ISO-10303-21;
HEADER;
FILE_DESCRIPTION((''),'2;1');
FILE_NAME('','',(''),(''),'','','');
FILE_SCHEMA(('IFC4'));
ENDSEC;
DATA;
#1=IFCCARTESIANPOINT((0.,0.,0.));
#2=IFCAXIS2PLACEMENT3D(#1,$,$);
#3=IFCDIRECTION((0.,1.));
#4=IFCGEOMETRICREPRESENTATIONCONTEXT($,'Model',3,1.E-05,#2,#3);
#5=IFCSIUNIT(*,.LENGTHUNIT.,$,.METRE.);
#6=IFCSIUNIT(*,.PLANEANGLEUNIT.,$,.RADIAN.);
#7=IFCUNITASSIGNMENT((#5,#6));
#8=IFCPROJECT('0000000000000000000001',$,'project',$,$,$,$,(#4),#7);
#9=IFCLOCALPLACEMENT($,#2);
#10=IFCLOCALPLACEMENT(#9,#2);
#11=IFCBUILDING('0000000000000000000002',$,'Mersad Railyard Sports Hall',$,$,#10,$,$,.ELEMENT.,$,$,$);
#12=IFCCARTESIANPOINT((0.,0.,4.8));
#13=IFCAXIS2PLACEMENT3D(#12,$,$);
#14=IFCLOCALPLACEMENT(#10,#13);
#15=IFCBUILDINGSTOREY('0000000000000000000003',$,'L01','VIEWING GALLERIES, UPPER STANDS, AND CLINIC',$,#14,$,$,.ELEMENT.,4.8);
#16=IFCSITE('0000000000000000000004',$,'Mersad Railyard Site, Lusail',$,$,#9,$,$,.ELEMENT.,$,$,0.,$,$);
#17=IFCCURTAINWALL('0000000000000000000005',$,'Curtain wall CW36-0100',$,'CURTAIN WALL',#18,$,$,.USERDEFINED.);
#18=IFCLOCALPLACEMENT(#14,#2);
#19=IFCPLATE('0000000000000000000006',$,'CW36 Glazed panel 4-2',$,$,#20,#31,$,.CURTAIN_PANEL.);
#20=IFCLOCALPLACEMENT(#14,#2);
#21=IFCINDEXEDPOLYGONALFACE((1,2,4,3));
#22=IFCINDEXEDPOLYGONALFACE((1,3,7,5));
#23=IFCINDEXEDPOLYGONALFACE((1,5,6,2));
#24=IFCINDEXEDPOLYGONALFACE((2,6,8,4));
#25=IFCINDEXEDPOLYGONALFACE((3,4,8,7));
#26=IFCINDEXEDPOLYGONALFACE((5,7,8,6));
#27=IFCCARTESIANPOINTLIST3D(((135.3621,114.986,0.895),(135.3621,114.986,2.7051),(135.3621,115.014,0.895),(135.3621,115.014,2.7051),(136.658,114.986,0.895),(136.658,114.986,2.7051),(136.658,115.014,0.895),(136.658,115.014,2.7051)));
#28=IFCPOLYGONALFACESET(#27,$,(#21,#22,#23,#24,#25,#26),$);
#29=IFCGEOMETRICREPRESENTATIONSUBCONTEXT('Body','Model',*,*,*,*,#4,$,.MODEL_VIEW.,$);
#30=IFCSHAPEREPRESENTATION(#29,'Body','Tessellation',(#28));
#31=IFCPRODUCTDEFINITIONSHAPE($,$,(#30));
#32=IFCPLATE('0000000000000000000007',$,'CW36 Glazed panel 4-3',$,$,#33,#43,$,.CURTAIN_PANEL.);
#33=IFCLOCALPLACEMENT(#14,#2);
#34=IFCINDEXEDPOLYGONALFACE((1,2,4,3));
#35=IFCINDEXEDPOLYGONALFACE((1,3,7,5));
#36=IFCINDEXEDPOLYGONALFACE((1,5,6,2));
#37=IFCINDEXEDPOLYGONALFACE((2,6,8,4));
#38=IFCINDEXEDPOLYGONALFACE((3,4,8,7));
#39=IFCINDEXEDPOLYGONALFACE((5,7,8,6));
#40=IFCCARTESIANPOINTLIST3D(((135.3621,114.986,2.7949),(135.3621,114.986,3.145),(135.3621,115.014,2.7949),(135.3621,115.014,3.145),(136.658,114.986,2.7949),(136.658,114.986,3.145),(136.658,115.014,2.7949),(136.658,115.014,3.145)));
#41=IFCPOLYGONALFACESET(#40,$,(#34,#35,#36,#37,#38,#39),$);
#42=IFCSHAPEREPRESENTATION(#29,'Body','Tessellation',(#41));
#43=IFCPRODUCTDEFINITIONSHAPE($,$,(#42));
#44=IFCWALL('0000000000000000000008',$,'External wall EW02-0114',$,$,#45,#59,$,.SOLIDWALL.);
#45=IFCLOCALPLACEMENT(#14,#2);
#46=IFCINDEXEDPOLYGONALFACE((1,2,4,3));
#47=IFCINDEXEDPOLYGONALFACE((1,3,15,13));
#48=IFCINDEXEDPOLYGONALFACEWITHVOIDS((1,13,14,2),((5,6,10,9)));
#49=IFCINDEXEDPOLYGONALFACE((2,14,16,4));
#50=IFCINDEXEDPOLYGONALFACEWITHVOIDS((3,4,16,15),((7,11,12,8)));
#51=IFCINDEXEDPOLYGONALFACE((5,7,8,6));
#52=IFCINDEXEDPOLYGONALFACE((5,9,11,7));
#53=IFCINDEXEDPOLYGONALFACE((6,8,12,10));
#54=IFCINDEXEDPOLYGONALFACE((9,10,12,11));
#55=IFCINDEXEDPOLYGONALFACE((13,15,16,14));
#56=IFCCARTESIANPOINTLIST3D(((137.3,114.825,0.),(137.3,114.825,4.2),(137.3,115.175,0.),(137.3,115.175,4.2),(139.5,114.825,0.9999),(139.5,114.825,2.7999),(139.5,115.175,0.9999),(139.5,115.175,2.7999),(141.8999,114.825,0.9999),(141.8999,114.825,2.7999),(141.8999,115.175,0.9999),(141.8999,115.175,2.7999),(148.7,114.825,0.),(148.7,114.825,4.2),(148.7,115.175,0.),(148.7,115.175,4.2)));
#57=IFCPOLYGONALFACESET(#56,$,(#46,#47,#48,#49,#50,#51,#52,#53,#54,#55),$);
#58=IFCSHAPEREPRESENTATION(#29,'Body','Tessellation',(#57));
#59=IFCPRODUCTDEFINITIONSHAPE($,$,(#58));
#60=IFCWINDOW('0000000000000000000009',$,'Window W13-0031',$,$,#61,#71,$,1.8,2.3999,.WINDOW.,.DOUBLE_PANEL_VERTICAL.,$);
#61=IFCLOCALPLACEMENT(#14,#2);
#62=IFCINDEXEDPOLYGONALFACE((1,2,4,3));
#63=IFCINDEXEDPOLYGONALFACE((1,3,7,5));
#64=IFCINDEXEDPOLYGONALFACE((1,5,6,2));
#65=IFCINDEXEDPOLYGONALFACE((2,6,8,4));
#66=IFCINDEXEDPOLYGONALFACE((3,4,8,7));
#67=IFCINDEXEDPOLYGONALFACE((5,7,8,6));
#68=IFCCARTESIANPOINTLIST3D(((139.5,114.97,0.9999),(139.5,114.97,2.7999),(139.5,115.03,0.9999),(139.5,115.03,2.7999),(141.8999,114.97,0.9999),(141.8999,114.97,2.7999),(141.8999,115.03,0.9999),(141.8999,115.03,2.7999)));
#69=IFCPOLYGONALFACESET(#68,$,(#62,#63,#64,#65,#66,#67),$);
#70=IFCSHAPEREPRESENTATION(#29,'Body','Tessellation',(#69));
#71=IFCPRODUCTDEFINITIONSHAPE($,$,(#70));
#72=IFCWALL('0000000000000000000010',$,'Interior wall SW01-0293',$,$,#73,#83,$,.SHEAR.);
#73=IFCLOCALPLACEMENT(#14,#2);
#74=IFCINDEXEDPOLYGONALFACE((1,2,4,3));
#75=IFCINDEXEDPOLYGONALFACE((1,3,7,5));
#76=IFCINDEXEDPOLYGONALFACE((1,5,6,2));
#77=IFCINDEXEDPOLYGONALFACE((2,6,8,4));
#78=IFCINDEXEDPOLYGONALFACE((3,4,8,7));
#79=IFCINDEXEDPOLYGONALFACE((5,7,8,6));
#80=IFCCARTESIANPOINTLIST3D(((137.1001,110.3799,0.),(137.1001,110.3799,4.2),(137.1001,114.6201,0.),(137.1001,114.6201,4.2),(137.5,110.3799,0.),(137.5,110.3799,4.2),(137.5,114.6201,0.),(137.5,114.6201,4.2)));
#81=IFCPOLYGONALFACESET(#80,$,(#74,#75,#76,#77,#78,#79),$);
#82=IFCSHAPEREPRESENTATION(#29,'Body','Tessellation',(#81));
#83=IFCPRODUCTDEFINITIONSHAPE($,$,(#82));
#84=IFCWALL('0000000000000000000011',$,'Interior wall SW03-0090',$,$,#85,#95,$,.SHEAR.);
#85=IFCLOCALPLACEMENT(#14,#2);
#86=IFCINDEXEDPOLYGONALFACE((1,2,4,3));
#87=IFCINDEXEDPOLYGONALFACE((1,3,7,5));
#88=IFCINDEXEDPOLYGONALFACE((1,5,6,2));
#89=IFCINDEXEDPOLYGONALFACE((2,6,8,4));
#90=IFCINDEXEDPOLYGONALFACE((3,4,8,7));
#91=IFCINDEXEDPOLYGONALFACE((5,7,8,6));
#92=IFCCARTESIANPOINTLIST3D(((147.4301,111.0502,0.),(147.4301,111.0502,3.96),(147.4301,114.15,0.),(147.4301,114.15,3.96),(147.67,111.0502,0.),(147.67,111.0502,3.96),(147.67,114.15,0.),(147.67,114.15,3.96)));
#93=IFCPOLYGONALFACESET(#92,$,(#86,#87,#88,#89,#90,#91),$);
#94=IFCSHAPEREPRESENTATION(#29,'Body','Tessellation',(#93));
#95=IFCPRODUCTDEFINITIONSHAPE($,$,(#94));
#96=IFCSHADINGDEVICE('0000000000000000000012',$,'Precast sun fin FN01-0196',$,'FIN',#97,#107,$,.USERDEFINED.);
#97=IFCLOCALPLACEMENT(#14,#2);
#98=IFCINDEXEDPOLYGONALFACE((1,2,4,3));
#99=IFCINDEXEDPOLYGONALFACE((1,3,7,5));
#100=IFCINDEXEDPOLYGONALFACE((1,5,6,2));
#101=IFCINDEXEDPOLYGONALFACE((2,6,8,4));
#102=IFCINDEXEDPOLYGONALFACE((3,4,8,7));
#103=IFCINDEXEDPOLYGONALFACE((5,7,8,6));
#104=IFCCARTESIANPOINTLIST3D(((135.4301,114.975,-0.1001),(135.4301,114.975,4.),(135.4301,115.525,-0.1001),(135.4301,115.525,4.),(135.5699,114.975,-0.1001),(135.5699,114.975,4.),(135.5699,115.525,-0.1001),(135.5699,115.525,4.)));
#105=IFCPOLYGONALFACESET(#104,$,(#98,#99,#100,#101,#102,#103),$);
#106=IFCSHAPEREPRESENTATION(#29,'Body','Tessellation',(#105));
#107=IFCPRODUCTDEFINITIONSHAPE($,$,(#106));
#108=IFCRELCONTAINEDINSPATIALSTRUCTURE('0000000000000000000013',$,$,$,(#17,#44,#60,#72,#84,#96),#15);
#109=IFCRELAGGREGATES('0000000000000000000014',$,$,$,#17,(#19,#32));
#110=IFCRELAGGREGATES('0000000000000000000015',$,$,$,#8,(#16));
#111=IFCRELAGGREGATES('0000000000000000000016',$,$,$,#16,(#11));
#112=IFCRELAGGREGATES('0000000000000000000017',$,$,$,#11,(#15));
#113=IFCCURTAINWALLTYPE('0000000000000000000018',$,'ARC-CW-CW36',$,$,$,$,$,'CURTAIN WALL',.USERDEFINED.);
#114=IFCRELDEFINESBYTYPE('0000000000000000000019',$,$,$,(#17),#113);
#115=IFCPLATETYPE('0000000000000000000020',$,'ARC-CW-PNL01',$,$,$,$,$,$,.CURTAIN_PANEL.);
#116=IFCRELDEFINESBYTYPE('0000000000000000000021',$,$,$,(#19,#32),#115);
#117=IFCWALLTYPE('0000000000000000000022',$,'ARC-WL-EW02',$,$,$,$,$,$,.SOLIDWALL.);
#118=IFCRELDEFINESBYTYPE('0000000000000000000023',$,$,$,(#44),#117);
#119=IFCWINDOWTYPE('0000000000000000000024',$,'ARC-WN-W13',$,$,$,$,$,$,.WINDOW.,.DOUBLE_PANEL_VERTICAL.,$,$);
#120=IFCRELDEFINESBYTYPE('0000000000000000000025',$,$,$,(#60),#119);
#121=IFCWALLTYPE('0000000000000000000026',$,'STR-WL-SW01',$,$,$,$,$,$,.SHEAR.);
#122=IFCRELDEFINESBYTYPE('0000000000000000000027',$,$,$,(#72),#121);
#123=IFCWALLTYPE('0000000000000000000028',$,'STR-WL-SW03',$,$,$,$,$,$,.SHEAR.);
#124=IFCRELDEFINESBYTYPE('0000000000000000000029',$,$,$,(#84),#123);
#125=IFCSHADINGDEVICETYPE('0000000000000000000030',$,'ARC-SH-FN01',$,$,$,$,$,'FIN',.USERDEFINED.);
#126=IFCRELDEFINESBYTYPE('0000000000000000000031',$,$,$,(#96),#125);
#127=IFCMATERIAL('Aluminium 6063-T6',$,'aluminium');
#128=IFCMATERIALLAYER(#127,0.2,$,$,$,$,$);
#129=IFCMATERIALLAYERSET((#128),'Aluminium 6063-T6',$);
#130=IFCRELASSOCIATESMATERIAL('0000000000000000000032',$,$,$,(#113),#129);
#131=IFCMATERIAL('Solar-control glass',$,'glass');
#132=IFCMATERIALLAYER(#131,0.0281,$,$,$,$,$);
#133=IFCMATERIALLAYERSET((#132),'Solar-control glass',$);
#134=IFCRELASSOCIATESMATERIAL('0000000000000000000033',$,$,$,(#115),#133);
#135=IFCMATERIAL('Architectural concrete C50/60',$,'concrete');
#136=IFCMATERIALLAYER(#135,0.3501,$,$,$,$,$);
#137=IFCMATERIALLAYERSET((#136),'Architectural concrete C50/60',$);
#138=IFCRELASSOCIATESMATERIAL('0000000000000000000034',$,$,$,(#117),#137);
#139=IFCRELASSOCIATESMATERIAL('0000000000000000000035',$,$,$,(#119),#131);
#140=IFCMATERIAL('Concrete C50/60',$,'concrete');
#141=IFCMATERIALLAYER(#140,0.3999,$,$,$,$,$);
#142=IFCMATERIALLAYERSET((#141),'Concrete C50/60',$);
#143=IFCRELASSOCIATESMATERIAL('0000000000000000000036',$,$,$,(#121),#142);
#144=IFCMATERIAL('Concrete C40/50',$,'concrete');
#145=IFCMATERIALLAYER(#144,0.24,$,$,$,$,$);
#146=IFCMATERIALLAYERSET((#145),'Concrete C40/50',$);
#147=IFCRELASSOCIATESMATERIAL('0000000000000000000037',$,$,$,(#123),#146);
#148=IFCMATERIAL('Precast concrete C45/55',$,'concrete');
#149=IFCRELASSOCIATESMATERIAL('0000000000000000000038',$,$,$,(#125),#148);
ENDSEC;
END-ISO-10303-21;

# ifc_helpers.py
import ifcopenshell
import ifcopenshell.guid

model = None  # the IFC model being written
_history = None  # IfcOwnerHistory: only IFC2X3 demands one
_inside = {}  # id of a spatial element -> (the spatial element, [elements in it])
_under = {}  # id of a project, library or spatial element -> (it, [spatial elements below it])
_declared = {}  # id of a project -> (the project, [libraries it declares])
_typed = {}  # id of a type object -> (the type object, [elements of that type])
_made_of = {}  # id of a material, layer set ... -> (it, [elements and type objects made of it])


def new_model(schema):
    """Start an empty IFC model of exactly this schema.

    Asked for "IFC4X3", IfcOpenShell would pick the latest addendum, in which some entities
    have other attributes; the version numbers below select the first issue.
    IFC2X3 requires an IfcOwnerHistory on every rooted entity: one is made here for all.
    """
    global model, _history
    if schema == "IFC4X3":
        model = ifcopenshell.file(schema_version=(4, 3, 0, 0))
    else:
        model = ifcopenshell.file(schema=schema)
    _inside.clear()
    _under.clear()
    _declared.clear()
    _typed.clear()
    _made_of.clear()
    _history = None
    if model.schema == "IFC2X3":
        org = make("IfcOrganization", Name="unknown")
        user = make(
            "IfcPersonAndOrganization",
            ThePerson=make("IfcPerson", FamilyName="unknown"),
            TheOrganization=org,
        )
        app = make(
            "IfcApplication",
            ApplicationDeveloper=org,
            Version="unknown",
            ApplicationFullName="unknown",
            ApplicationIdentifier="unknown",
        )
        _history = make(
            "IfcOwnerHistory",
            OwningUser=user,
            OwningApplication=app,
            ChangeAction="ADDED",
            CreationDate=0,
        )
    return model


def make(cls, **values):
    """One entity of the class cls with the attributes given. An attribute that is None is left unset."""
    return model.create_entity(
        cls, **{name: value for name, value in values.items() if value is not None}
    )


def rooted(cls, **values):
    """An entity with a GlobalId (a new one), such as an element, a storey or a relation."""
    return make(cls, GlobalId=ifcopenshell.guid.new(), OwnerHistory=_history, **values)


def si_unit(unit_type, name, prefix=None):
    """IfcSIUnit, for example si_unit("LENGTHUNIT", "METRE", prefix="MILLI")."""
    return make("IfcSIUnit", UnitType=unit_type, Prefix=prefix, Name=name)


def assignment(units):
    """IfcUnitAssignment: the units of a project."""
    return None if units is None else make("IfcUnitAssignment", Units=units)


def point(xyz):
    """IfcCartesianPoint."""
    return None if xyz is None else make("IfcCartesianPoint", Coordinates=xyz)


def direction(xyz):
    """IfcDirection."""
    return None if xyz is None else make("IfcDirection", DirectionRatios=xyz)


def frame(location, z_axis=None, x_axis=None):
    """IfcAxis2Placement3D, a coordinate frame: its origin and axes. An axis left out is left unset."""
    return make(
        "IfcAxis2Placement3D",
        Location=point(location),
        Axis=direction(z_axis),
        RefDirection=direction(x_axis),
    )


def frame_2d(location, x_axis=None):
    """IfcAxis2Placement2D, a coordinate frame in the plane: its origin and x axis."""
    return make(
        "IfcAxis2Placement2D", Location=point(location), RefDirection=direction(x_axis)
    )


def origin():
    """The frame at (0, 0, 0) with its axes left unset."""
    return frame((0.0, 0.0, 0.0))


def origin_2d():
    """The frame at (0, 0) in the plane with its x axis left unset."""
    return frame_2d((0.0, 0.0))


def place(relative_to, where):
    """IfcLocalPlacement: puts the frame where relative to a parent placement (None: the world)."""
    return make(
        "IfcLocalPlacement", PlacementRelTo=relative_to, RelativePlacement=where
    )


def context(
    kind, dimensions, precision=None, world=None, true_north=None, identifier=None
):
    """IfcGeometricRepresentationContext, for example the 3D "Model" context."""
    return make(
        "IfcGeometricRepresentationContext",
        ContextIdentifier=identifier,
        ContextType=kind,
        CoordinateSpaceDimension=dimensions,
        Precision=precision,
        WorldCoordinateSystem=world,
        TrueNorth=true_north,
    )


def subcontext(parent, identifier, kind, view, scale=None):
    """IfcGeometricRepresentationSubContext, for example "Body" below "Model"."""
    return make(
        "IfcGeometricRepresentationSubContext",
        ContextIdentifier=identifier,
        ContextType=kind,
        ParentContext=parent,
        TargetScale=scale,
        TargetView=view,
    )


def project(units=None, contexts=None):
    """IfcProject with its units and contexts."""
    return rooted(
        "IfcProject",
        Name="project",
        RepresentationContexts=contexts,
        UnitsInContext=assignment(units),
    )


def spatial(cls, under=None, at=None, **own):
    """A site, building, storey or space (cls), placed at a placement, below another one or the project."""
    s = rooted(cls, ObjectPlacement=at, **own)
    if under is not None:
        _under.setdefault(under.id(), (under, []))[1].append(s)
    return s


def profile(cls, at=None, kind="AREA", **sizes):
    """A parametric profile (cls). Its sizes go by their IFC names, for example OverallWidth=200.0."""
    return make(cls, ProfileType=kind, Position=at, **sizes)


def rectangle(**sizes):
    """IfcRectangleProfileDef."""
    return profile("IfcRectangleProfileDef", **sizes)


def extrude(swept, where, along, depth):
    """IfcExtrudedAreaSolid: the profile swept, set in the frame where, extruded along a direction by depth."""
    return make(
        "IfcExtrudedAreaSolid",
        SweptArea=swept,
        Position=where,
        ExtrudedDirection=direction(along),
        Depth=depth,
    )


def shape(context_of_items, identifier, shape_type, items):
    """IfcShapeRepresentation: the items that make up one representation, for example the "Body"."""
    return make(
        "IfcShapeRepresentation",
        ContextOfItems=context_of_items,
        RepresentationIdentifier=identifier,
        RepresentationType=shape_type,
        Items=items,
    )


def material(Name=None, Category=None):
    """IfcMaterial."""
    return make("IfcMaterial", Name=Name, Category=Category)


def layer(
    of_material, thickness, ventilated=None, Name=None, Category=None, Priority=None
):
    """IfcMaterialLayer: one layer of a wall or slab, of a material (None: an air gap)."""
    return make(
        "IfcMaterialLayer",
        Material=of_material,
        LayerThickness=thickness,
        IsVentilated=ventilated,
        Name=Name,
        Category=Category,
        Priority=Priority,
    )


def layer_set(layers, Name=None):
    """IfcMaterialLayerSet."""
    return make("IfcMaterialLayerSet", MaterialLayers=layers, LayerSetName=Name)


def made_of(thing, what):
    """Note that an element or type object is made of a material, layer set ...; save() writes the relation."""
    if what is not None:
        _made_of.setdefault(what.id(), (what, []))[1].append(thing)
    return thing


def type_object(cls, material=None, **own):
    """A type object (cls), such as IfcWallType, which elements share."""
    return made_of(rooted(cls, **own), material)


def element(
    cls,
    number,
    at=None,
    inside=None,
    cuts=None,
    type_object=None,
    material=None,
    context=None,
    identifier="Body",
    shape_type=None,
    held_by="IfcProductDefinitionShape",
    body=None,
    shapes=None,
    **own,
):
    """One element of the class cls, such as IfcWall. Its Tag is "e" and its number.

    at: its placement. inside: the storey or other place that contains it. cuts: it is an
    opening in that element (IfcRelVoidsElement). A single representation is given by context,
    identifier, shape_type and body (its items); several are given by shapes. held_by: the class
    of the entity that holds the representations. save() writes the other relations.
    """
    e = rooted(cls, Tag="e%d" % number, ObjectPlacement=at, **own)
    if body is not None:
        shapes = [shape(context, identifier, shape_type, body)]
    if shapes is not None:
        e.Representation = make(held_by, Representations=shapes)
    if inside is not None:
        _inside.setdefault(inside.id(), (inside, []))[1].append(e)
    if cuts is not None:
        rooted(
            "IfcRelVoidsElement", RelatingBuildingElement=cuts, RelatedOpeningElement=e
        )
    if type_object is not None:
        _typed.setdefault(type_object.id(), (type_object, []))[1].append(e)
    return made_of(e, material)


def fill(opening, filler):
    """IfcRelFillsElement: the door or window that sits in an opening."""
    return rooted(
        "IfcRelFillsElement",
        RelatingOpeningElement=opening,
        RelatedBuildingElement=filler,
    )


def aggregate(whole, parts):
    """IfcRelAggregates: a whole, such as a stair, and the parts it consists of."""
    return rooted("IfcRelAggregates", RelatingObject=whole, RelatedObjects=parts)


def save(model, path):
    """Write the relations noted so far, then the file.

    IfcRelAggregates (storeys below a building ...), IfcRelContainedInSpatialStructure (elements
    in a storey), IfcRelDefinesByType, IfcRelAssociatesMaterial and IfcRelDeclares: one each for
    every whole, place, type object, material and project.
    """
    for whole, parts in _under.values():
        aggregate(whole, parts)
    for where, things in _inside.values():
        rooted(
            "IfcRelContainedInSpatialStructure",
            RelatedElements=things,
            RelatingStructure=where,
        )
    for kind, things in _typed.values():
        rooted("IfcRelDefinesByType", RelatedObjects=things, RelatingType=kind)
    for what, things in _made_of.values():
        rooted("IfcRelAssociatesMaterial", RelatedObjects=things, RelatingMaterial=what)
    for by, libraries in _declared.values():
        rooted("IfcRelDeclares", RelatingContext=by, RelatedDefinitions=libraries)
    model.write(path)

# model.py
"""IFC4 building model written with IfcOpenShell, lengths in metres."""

from ifc_helpers import new_model, si_unit, direction, frame, frame_2d, origin, origin_2d, place, context, subcontext, project, spatial, rectangle, extrude, material, layer, layer_set, type_object, element, fill, aggregate, save


model = new_model("IFC4")

# Units and contexts
model_context = context("Model", 3, precision=1e-05, world=origin(), true_north=direction((0.0, 1.0)))
body_context = subcontext(model_context, "Body", "Model", "MODEL_VIEW")
ifc_project = project(units=[si_unit("LENGTHUNIT", "METRE"), si_unit("PLANEANGLEUNIT", "RADIAN")], contexts=[model_context])

# Site, building, storey
site_placement = place(None, origin())
site = spatial("IfcSite", under=ifc_project, at=site_placement, Name="Mersad Railyard Site, Lusail", CompositionType="ELEMENT", RefElevation=0.0)
building_placement = place(site_placement, origin())
building = spatial("IfcBuilding", under=site, at=building_placement, Name="Mersad Railyard Sports Hall", CompositionType="ELEMENT")
storey_placement = place(building_placement, frame((0.0, 0.0, 4.8)))
storey = spatial("IfcBuildingStorey", under=building, at=storey_placement, Name="L01", Description="VIEWING GALLERIES, UPPER STANDS, AND CLINIC", CompositionType="ELEMENT", Elevation=4.8)

# Shared definitions
ifc_material_1 = material(Name="Concrete C50/60", Category="concrete")

# Curtain wall
ifc_material_2 = material(Name="Aluminium 6063-T6", Category="aluminium")
ifc_layer_1 = layer(ifc_material_2, 0.2)
ifc_layer_set_1 = layer_set([ifc_layer_1], Name="Aluminium 6063-T6")
curtain_wall_type_1 = type_object("IfcCurtainWallType", Name="ARC-CW-CW36", ElementType="CURTAIN WALL", PredefinedType="USERDEFINED", material=ifc_layer_set_1)
curtain_wall_1_placement = place(storey_placement, origin())
curtain_wall_1 = element("IfcCurtainWall", 1, at=curtain_wall_1_placement, inside=storey, type_object=curtain_wall_type_1, Name="Curtain wall CW36-0100", ObjectType="CURTAIN WALL", PredefinedType="USERDEFINED")

# Plates
ifc_material_3 = material(Name="Solar-control glass", Category="glass")
ifc_layer_2 = layer(ifc_material_3, 0.0281)
ifc_layer_set_2 = layer_set([ifc_layer_2], Name="Solar-control glass")
plate_type = type_object("IfcPlateType", Name="ARC-CW-PNL01", PredefinedType="CURTAIN_PANEL", material=ifc_layer_set_2)
plate_1_placement = place(storey_placement, frame((136.01, 115.0, 0.895), z_axis=(0.0, 0.0, 1.0), x_axis=(1.0, 0.0, 0.0)))
plate_1 = element("IfcPlate", 2, at=plate_1_placement, type_object=plate_type, Name="CW36 Glazed panel 4-2", PredefinedType="CURTAIN_PANEL", context=body_context, shape_type="SweptSolid", body=[
    extrude(rectangle(XDim=1.2959, YDim=0.0281, at=origin_2d()), origin(), (0.0, 0.0, 1.0), 1.8101),
])
plate_2_placement = place(storey_placement, frame((136.01, 115.0, 2.7949), z_axis=(0.0, 0.0, 1.0), x_axis=(1.0, 0.0, 0.0)))
plate_2 = element("IfcPlate", 3, at=plate_2_placement, type_object=plate_type, Name="CW36 Glazed panel 4-3", PredefinedType="CURTAIN_PANEL", context=body_context, shape_type="SweptSolid", body=[
    extrude(rectangle(XDim=1.2959, YDim=0.0281, at=origin_2d()), origin(), (0.0, 0.0, 1.0), 0.3501),
])
aggregate(curtain_wall_1, [plate_1, plate_2])

# Wall, opening, window
ifc_material_4 = material(Name="Architectural concrete C50/60", Category="concrete")
ifc_layer_3 = layer(ifc_material_4, 0.3501)
ifc_layer_set_3 = layer_set([ifc_layer_3], Name="Architectural concrete C50/60")
wall_type_1 = type_object("IfcWallType", Name="ARC-WL-EW02", PredefinedType="SOLIDWALL", material=ifc_layer_set_3)
wall_1_placement = place(storey_placement, frame((137.3, 115.0, 0.0), z_axis=(0.0, 0.0, 1.0), x_axis=(1.0, 0.0, 0.0)))
wall_1 = element("IfcWall", 4, at=wall_1_placement, inside=storey, type_object=wall_type_1, Name="External wall EW02-0114", PredefinedType="SOLIDWALL", context=body_context, shape_type="SweptSolid", body=[
    extrude(rectangle(XDim=11.3999, YDim=0.3501, at=frame_2d((5.7, 0.0))), origin(), (0.0, 0.0, 1.0), 4.2),
])
opening_placement = place(wall_1_placement, frame((2.2, 0.0, 1.0)))
opening = element("IfcOpeningElement", 5, at=opening_placement, cuts=wall_1, PredefinedType="OPENING", context=body_context, shape_type="SweptSolid", body=[
    extrude(rectangle(XDim=2.3999, YDim=1.8, at=frame_2d((1.2, 0.8999))), frame((0.0, 0.1851, 0.0), z_axis=(0.0, -1.0, 0.0), x_axis=(1.0, 0.0, 0.0)), (0.0, 0.0, 1.0), 0.3701),
])
window_type = type_object("IfcWindowType", Name="ARC-WN-W13", PartitioningType="DOUBLE_PANEL_VERTICAL", PredefinedType="WINDOW", material=ifc_material_3)
window_placement = place(opening_placement, origin())
window = element("IfcWindow", 6, at=window_placement, inside=storey, type_object=window_type, Name="Window W13-0031", OverallHeight=1.8, OverallWidth=2.3999, PartitioningType="DOUBLE_PANEL_VERTICAL", PredefinedType="WINDOW", context=body_context, shape_type="SweptSolid", body=[
    extrude(rectangle(XDim=2.3999, YDim=1.8, at=frame_2d((1.2, 0.8999))), frame((0.0, 0.03, 0.0), z_axis=(0.0, -1.0, 0.0), x_axis=(1.0, 0.0, 0.0)), (0.0, 0.0, 1.0), 0.0601),
])
fill(opening, window)

# Walls
ifc_layer_4 = layer(ifc_material_1, 0.3999)
ifc_layer_set_4 = layer_set([ifc_layer_4], Name="Concrete C50/60")
wall_type_2 = type_object("IfcWallType", Name="STR-WL-SW01", PredefinedType="SHEAR", material=ifc_layer_set_4)
wall_2_placement = place(storey_placement, frame((137.3, 114.6201, 0.0), z_axis=(0.0, 0.0, 1.0), x_axis=(0.0, -1.0, 0.0)))
element("IfcWall", 7, at=wall_2_placement, inside=storey, type_object=wall_type_2, Name="Interior wall SW01-0293", PredefinedType="SHEAR", context=body_context, shape_type="SweptSolid", body=[
    extrude(rectangle(XDim=4.2402, YDim=0.3999, at=frame_2d((2.1201, 0.0))), origin(), (0.0, 0.0, 1.0), 4.2),
])
ifc_material_5 = material(Name="Concrete C40/50", Category="concrete")
ifc_layer_5 = layer(ifc_material_5, 0.24)
ifc_layer_set_5 = layer_set([ifc_layer_5], Name="Concrete C40/50")
wall_type_3 = type_object("IfcWallType", Name="STR-WL-SW03", PredefinedType="SHEAR", material=ifc_layer_set_5)
wall_3_placement = place(storey_placement, frame((147.55, 114.1499, 0.0), z_axis=(0.0, 0.0, 1.0), x_axis=(0.0, -1.0, 0.0)))
element("IfcWall", 8, at=wall_3_placement, inside=storey, type_object=wall_type_3, Name="Interior wall SW03-0090", PredefinedType="SHEAR", context=body_context, shape_type="SweptSolid", body=[
    extrude(rectangle(XDim=3.0999, YDim=0.24, at=frame_2d((1.5498, 0.0))), origin(), (0.0, 0.0, 1.0), 3.96),
])

# Shading device
ifc_material_6 = material(Name="Precast concrete C45/55", Category="concrete")
shading_device_type = type_object("IfcShadingDeviceType", Name="ARC-SH-FN01", ElementType="FIN", PredefinedType="USERDEFINED", material=ifc_material_6)
shading_device_placement = place(storey_placement, frame((135.5, 115.25, -0.1001), z_axis=(0.0, 0.0, 1.0), x_axis=(1.0, 0.0, 0.0)))
element("IfcShadingDevice", 9, at=shading_device_placement, inside=storey, type_object=shading_device_type, Name="Precast sun fin FN01-0196", ObjectType="FIN", PredefinedType="USERDEFINED", context=body_context, shape_type="SweptSolid", body=[
    extrude(rectangle(XDim=0.1399, YDim=0.55, at=origin_2d()), origin(), (0.0, 0.0, 1.0), 4.1001),
])

save(model, "model.ifc")
